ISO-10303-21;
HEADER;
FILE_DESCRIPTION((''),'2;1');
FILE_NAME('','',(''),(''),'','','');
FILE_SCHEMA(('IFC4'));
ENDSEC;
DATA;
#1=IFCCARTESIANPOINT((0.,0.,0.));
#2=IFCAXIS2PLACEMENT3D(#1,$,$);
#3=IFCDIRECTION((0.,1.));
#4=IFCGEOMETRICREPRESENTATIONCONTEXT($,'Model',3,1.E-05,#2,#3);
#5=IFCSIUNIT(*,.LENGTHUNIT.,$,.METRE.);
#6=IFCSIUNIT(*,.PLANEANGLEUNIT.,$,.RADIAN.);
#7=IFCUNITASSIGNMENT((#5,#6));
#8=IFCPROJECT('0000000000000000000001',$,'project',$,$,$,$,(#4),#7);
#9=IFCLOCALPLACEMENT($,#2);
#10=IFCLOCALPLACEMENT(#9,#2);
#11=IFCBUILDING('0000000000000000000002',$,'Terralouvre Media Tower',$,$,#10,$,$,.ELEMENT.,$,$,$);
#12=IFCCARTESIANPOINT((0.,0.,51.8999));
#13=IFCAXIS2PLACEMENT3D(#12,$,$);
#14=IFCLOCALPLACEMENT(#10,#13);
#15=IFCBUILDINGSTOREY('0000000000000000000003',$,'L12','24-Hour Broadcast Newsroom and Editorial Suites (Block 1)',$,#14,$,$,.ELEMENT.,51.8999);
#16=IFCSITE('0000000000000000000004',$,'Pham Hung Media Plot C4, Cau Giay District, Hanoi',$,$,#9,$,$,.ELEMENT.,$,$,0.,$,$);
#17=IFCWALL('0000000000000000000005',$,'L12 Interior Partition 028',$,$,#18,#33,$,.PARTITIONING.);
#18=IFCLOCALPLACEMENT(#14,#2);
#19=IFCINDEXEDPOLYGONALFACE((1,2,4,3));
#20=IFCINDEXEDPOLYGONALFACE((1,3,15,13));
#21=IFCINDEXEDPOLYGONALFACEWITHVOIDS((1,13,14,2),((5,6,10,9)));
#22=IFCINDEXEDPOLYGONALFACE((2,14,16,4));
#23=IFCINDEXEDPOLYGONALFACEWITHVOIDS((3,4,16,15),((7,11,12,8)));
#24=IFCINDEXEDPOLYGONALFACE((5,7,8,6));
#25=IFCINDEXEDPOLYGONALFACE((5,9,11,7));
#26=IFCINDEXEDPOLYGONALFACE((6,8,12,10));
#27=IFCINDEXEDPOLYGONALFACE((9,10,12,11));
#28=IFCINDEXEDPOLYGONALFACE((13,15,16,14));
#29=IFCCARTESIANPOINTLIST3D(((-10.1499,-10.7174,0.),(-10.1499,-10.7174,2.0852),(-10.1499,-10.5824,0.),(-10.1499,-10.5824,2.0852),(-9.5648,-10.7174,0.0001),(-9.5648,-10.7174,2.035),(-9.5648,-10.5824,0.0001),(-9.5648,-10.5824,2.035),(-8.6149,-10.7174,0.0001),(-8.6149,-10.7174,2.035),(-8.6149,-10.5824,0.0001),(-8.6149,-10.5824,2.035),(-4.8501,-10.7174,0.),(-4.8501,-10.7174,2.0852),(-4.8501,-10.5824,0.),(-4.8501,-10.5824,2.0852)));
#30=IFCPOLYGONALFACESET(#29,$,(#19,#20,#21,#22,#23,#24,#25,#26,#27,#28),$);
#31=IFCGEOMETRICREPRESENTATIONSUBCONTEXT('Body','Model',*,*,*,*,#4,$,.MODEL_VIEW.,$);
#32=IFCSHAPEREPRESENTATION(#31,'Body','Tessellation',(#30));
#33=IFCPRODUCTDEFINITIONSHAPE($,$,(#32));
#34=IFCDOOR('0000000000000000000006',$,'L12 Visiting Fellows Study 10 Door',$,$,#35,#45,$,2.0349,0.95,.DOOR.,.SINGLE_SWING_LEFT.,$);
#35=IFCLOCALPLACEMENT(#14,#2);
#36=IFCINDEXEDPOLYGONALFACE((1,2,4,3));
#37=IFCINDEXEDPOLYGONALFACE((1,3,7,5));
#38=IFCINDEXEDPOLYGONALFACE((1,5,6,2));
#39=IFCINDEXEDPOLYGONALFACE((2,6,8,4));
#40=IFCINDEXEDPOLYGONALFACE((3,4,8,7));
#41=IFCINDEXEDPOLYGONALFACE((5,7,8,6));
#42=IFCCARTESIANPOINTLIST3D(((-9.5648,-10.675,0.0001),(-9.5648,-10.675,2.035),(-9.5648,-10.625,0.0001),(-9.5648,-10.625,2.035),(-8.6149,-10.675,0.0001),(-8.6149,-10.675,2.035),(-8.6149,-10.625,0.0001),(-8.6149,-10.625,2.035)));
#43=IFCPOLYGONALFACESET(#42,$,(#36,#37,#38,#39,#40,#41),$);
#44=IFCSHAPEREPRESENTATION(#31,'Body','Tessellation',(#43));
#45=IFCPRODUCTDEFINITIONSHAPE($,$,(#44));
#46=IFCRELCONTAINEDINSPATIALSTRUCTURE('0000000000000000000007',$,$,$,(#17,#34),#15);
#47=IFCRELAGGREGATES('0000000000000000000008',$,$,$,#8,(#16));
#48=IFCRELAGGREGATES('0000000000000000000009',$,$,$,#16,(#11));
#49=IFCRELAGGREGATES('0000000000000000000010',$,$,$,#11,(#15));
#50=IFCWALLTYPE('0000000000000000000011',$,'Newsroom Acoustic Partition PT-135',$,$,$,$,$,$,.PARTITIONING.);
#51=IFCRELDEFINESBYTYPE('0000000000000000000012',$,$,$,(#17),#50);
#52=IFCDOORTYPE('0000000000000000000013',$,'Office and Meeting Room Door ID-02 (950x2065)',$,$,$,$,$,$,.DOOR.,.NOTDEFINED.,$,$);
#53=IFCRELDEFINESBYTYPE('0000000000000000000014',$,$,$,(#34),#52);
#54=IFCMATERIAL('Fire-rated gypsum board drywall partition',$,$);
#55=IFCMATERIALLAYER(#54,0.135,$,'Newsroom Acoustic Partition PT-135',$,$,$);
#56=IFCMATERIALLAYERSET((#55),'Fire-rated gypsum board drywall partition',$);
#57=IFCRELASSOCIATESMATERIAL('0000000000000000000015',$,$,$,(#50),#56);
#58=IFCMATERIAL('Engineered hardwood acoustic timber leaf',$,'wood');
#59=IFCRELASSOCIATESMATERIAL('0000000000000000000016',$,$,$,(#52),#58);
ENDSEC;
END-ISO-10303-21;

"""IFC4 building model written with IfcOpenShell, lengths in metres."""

from ifc_helpers import new_model, si_unit, direction, frame, frame_2d, origin, place, context, subcontext, project, spatial, rectangle, extrude, material, layer, layer_set, type_object, element, fill, save


model = new_model("IFC4")

# Units and contexts
model_context = context("Model", 3, precision=1e-05, world=origin(), true_north=direction((0.0, 1.0)))
body_context = subcontext(model_context, "Body", "Model", "MODEL_VIEW")
ifc_project = project(units=[si_unit("LENGTHUNIT", "METRE"), si_unit("PLANEANGLEUNIT", "RADIAN")], contexts=[model_context])

# Site, building, storey
site_placement = place(None, origin())
site = spatial("IfcSite", under=ifc_project, at=site_placement, Name="Pham Hung Media Plot C4, Cau Giay District, Hanoi", CompositionType="ELEMENT", RefElevation=0.0)
building_placement = place(site_placement, origin())
building = spatial("IfcBuilding", under=site, at=building_placement, Name="Terralouvre Media Tower", CompositionType="ELEMENT")
storey_placement = place(building_placement, frame((0.0, 0.0, 51.8999)))
storey = spatial("IfcBuildingStorey", under=building, at=storey_placement, Name="L12", Description="24-Hour Broadcast Newsroom and Editorial Suites (Block 1)", CompositionType="ELEMENT", Elevation=51.8999)

# Shared definitions
ifc_material_1 = material(Name="Fire-rated gypsum board drywall partition")
ifc_layer_1 = layer(ifc_material_1, 0.135, Name="Newsroom Acoustic Partition PT-135")
ifc_layer_set_1 = layer_set([ifc_layer_1], Name="Fire-rated gypsum board drywall partition")
wall_type_1 = type_object("IfcWallType", Name="Newsroom Acoustic Partition PT-135", PredefinedType="PARTITIONING", material=ifc_layer_set_1)

# Wall, opening, door
wall_1_placement = place(storey_placement, frame((-10.1499, -10.6499, 0.0), z_axis=(0.0, 0.0, 1.0), x_axis=(1.0, 0.0, 0.0)))
wall_1 = element("IfcWall", 1, at=wall_1_placement, inside=storey, type_object=wall_type_1, Name="L12 Interior Partition 028", PredefinedType="PARTITIONING", context=body_context, shape_type="SweptSolid", body=[
    extrude(rectangle(XDim=5.2998, YDim=0.135, at=frame_2d((2.6499, 0.0))), origin(), (0.0, 0.0, 1.0), 2.0852),
])
opening_1_placement = place(wall_1_placement, frame((0.585, 0.0, 0.0)))
opening_1 = element("IfcOpeningElement", 2, at=opening_1_placement, cuts=wall_1, PredefinedType="OPENING", context=body_context, shape_type="SweptSolid", body=[
    extrude(rectangle(XDim=0.95, YDim=2.0349, at=frame_2d((0.4751, 1.0176))), frame((0.0, 0.0774, 0.0), z_axis=(0.0, -1.0, 0.0), x_axis=(1.0, 0.0, 0.0)), (0.0, 0.0, 1.0), 0.155),
])
ifc_material_2 = material(Name="Engineered hardwood acoustic timber leaf", Category="wood")
door_type_1 = type_object("IfcDoorType", Name="Office and Meeting Room Door ID-02 (950x2065)", OperationType="NOTDEFINED", PredefinedType="DOOR", material=ifc_material_2)
door_1_placement = place(opening_1_placement, origin())
door_1 = element("IfcDoor", 3, at=door_1_placement, inside=storey, type_object=door_type_1, Name="L12 Visiting Fellows Study 10 Door", OperationType="SINGLE_SWING_LEFT", OverallHeight=2.0349, OverallWidth=0.95, PredefinedType="DOOR", context=body_context, shape_type="SweptSolid", body=[
    extrude(rectangle(XDim=0.95, YDim=2.0349, at=frame_2d((0.4751, 1.0176))), frame((0.0, 0.0249, 0.0), z_axis=(0.0, -1.0, 0.0), x_axis=(1.0, 0.0, 0.0)), (0.0, 0.0, 1.0), 0.05),
])
fill(opening_1, door_1)

save(model, "model.ifc")
